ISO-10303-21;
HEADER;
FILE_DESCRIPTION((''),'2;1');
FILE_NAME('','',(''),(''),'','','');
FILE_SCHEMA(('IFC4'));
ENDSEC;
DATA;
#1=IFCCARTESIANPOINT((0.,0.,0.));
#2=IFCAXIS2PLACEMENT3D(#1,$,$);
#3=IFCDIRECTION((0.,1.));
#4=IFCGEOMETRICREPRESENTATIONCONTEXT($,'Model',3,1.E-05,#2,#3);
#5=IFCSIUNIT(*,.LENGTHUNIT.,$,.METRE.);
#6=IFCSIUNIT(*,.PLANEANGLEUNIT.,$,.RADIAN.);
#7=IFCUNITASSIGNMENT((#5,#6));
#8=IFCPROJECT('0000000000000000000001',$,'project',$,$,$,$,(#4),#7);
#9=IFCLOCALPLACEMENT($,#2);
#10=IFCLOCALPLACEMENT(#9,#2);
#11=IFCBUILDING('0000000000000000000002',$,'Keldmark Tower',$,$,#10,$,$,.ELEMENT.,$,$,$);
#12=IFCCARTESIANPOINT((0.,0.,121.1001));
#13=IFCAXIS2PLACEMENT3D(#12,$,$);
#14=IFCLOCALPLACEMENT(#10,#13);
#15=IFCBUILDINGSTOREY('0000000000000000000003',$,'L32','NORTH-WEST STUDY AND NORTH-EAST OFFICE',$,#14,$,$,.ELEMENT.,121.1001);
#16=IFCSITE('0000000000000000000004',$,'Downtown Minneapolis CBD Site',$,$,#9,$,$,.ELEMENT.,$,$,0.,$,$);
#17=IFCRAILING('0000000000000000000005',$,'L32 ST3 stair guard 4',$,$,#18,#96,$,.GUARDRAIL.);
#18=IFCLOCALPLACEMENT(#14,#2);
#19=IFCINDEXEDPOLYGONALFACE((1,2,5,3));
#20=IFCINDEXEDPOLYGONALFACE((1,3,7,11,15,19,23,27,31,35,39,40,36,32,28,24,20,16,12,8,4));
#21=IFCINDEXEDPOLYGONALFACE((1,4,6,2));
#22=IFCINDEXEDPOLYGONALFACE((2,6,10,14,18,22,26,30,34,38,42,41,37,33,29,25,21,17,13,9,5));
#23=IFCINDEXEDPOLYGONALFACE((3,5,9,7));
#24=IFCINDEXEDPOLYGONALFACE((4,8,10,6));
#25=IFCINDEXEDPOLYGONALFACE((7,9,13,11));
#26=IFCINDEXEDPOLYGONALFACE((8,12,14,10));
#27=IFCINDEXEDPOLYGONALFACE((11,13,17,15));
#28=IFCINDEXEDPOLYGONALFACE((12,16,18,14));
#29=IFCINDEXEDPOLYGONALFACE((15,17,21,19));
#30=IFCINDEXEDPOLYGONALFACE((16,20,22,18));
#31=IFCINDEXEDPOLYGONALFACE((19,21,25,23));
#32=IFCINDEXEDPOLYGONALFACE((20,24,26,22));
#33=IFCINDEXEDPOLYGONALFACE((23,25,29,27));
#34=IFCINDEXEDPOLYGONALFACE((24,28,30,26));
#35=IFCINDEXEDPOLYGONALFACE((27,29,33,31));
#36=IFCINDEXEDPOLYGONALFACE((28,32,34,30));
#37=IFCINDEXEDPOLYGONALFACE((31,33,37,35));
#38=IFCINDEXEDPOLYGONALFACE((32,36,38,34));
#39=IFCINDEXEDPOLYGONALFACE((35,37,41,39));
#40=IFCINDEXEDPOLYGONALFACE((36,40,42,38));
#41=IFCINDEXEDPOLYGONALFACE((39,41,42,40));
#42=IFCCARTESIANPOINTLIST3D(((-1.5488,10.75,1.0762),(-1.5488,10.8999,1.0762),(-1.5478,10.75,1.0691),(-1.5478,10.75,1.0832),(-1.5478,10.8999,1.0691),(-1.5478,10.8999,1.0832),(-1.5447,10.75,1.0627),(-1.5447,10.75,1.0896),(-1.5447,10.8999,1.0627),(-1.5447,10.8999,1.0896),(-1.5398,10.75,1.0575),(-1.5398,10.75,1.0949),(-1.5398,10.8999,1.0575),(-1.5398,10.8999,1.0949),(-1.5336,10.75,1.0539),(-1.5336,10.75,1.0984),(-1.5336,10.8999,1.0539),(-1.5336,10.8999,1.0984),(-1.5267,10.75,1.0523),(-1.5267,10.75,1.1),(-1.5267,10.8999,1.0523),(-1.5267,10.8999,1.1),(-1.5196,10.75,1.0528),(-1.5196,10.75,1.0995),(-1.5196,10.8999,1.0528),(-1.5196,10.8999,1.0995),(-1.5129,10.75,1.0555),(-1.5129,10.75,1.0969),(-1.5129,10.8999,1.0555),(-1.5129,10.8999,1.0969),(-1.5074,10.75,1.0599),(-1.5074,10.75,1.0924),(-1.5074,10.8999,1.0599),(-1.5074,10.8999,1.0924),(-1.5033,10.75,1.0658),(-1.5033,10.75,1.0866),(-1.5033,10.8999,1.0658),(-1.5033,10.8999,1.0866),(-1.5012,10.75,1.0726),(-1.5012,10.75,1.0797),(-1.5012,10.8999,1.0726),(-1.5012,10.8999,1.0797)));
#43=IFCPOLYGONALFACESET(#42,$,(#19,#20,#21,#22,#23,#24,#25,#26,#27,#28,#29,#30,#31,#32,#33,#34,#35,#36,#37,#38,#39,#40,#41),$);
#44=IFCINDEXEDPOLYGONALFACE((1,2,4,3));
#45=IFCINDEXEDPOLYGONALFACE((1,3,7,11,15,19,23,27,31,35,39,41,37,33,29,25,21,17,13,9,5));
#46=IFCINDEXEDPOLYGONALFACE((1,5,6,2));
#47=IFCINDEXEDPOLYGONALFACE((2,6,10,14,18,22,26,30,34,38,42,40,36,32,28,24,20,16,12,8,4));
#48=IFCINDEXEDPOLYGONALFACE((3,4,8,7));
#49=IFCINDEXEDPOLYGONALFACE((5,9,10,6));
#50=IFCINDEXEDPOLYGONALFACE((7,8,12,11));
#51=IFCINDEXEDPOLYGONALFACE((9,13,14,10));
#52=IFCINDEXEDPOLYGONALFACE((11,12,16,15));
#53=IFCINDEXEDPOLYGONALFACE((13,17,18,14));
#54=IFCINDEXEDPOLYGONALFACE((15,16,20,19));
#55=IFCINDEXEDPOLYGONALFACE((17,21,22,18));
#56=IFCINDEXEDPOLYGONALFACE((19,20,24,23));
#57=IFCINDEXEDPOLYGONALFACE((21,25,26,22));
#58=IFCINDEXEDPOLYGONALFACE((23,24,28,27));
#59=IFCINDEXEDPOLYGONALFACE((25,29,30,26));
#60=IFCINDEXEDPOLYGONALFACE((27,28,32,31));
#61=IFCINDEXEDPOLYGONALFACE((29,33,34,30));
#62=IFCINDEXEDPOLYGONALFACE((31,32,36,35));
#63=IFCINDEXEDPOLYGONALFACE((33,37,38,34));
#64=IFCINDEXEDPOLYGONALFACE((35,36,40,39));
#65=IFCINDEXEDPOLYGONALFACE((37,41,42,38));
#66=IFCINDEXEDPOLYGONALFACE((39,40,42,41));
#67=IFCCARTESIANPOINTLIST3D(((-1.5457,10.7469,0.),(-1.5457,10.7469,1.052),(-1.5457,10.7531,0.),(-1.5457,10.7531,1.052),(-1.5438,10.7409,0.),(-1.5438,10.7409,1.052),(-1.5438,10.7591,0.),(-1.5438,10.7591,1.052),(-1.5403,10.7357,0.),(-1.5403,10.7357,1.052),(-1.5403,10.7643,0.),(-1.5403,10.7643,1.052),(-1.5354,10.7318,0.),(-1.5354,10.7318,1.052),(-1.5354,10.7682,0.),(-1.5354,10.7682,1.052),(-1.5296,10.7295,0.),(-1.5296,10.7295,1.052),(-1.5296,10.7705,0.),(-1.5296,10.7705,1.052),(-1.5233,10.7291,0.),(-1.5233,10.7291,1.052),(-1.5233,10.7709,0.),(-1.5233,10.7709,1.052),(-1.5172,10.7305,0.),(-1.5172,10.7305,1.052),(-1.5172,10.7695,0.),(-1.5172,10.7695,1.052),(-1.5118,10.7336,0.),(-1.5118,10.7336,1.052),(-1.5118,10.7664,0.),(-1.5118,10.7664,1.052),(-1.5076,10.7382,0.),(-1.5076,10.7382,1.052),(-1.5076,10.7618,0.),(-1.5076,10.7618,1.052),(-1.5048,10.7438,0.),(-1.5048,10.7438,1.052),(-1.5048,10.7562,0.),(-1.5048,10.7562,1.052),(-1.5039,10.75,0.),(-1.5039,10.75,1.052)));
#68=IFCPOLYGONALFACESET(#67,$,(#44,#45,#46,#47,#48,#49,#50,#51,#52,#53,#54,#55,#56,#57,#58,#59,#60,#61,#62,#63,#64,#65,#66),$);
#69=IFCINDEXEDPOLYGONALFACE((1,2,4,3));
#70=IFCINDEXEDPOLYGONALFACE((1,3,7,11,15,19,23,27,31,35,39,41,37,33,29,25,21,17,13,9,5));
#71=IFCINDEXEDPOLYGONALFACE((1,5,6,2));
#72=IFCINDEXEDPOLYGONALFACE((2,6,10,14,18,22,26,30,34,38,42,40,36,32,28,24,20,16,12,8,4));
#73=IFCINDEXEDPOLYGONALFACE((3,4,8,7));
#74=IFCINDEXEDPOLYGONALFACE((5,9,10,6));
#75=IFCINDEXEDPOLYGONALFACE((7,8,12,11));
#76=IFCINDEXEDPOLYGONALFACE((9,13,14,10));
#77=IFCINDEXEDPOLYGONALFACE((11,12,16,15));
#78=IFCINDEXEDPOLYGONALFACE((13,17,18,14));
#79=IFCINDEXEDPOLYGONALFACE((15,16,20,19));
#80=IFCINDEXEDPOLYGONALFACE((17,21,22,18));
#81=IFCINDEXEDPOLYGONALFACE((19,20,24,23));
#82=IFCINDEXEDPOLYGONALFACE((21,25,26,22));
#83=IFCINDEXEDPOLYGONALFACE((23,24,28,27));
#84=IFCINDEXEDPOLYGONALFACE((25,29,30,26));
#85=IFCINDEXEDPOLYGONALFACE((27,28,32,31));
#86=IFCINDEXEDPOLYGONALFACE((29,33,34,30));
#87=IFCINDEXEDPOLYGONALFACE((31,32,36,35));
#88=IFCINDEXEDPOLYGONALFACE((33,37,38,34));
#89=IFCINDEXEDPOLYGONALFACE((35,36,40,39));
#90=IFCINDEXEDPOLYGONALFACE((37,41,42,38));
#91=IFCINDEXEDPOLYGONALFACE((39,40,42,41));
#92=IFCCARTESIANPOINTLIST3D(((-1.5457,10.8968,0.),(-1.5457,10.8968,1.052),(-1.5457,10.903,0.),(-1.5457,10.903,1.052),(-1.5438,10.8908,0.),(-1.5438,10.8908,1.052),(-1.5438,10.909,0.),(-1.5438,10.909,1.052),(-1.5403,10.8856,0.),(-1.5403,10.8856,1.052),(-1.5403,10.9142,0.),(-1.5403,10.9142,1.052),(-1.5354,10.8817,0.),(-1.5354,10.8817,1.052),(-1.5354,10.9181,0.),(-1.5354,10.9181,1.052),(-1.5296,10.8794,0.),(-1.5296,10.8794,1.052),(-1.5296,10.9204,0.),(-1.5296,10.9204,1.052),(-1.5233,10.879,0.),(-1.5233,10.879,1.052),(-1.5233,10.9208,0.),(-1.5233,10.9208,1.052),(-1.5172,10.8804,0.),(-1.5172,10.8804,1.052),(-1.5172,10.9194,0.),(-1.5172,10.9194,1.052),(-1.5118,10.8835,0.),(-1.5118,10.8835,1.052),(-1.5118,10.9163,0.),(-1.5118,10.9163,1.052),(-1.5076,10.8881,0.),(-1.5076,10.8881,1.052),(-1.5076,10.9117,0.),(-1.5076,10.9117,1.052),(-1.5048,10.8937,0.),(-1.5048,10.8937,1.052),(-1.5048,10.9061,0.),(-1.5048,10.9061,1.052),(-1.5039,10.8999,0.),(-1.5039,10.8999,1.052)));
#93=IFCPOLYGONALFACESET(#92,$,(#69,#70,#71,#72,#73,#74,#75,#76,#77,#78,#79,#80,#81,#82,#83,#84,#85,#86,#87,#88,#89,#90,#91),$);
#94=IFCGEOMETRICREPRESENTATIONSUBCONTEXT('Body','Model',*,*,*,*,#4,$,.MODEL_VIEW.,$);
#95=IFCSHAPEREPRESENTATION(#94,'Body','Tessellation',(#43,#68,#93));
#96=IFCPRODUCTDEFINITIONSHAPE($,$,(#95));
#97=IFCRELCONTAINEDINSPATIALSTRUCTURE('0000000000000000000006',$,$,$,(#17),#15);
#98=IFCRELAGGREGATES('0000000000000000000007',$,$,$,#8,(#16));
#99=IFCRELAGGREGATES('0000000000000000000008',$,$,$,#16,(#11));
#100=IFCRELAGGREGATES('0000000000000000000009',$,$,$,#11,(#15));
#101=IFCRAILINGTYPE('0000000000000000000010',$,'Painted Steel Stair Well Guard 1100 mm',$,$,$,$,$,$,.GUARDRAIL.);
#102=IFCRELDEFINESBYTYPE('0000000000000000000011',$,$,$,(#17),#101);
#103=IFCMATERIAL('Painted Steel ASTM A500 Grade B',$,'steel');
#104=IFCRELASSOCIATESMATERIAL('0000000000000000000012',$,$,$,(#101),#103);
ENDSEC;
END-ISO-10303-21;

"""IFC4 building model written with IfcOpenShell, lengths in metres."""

from ifc_helpers import new_model, si_unit, direction, frame, origin, origin_2d, place, context, subcontext, project, spatial, circle, extrude, material, type_object, element, save


model = new_model("IFC4")

# Units and contexts
model_context = context("Model", 3, precision=1e-05, world=origin(), true_north=direction((0.0, 1.0)))
body_context = subcontext(model_context, "Body", "Model", "MODEL_VIEW")
ifc_project = project(units=[si_unit("LENGTHUNIT", "METRE"), si_unit("PLANEANGLEUNIT", "RADIAN")], contexts=[model_context])

# Site, building, storey
site_placement = place(None, origin())
site = spatial("IfcSite", under=ifc_project, at=site_placement, Name="Downtown Minneapolis CBD Site", CompositionType="ELEMENT", RefElevation=0.0)
building_placement = place(site_placement, origin())
building = spatial("IfcBuilding", under=site, at=building_placement, Name="Keldmark Tower", CompositionType="ELEMENT")
storey_placement = place(building_placement, frame((0.0, 0.0, 121.1001)))
storey = spatial("IfcBuildingStorey", under=building, at=storey_placement, Name="L32", Description="NORTH-WEST STUDY AND NORTH-EAST OFFICE", CompositionType="ELEMENT", Elevation=121.1001)

# Railing
ifc_material_1 = material(Name="Painted Steel ASTM A500 Grade B", Category="steel")
railing_type_1 = type_object("IfcRailingType", Name="Painted Steel Stair Well Guard 1100 mm", PredefinedType="GUARDRAIL", material=ifc_material_1)
railing_1_placement = place(storey_placement, frame((-1.5249, 10.75, 0.0)))
element("IfcRailing", 1, at=railing_1_placement, inside=storey, type_object=railing_type_1, Name="L32 ST3 stair guard 4", PredefinedType="GUARDRAIL", context=body_context, shape_type="SweptSolid", body=[
    extrude(circle(Radius=0.0239, at=origin_2d()), frame((0.0, 0.0, 1.0762), z_axis=(0.0, 1.0, 0.0), x_axis=(-1.0, 0.0, 0.0)), (0.0, 0.0, 1.0), 0.1499),
    extrude(circle(Radius=0.021, at=origin_2d()), origin(), (0.0, 0.0, 1.0), 1.052),
    extrude(circle(Radius=0.021, at=origin_2d()), frame((0.0, 0.1499, 0.0)), (0.0, 0.0, 1.0), 1.052),
])

save(model, "model.ifc")
